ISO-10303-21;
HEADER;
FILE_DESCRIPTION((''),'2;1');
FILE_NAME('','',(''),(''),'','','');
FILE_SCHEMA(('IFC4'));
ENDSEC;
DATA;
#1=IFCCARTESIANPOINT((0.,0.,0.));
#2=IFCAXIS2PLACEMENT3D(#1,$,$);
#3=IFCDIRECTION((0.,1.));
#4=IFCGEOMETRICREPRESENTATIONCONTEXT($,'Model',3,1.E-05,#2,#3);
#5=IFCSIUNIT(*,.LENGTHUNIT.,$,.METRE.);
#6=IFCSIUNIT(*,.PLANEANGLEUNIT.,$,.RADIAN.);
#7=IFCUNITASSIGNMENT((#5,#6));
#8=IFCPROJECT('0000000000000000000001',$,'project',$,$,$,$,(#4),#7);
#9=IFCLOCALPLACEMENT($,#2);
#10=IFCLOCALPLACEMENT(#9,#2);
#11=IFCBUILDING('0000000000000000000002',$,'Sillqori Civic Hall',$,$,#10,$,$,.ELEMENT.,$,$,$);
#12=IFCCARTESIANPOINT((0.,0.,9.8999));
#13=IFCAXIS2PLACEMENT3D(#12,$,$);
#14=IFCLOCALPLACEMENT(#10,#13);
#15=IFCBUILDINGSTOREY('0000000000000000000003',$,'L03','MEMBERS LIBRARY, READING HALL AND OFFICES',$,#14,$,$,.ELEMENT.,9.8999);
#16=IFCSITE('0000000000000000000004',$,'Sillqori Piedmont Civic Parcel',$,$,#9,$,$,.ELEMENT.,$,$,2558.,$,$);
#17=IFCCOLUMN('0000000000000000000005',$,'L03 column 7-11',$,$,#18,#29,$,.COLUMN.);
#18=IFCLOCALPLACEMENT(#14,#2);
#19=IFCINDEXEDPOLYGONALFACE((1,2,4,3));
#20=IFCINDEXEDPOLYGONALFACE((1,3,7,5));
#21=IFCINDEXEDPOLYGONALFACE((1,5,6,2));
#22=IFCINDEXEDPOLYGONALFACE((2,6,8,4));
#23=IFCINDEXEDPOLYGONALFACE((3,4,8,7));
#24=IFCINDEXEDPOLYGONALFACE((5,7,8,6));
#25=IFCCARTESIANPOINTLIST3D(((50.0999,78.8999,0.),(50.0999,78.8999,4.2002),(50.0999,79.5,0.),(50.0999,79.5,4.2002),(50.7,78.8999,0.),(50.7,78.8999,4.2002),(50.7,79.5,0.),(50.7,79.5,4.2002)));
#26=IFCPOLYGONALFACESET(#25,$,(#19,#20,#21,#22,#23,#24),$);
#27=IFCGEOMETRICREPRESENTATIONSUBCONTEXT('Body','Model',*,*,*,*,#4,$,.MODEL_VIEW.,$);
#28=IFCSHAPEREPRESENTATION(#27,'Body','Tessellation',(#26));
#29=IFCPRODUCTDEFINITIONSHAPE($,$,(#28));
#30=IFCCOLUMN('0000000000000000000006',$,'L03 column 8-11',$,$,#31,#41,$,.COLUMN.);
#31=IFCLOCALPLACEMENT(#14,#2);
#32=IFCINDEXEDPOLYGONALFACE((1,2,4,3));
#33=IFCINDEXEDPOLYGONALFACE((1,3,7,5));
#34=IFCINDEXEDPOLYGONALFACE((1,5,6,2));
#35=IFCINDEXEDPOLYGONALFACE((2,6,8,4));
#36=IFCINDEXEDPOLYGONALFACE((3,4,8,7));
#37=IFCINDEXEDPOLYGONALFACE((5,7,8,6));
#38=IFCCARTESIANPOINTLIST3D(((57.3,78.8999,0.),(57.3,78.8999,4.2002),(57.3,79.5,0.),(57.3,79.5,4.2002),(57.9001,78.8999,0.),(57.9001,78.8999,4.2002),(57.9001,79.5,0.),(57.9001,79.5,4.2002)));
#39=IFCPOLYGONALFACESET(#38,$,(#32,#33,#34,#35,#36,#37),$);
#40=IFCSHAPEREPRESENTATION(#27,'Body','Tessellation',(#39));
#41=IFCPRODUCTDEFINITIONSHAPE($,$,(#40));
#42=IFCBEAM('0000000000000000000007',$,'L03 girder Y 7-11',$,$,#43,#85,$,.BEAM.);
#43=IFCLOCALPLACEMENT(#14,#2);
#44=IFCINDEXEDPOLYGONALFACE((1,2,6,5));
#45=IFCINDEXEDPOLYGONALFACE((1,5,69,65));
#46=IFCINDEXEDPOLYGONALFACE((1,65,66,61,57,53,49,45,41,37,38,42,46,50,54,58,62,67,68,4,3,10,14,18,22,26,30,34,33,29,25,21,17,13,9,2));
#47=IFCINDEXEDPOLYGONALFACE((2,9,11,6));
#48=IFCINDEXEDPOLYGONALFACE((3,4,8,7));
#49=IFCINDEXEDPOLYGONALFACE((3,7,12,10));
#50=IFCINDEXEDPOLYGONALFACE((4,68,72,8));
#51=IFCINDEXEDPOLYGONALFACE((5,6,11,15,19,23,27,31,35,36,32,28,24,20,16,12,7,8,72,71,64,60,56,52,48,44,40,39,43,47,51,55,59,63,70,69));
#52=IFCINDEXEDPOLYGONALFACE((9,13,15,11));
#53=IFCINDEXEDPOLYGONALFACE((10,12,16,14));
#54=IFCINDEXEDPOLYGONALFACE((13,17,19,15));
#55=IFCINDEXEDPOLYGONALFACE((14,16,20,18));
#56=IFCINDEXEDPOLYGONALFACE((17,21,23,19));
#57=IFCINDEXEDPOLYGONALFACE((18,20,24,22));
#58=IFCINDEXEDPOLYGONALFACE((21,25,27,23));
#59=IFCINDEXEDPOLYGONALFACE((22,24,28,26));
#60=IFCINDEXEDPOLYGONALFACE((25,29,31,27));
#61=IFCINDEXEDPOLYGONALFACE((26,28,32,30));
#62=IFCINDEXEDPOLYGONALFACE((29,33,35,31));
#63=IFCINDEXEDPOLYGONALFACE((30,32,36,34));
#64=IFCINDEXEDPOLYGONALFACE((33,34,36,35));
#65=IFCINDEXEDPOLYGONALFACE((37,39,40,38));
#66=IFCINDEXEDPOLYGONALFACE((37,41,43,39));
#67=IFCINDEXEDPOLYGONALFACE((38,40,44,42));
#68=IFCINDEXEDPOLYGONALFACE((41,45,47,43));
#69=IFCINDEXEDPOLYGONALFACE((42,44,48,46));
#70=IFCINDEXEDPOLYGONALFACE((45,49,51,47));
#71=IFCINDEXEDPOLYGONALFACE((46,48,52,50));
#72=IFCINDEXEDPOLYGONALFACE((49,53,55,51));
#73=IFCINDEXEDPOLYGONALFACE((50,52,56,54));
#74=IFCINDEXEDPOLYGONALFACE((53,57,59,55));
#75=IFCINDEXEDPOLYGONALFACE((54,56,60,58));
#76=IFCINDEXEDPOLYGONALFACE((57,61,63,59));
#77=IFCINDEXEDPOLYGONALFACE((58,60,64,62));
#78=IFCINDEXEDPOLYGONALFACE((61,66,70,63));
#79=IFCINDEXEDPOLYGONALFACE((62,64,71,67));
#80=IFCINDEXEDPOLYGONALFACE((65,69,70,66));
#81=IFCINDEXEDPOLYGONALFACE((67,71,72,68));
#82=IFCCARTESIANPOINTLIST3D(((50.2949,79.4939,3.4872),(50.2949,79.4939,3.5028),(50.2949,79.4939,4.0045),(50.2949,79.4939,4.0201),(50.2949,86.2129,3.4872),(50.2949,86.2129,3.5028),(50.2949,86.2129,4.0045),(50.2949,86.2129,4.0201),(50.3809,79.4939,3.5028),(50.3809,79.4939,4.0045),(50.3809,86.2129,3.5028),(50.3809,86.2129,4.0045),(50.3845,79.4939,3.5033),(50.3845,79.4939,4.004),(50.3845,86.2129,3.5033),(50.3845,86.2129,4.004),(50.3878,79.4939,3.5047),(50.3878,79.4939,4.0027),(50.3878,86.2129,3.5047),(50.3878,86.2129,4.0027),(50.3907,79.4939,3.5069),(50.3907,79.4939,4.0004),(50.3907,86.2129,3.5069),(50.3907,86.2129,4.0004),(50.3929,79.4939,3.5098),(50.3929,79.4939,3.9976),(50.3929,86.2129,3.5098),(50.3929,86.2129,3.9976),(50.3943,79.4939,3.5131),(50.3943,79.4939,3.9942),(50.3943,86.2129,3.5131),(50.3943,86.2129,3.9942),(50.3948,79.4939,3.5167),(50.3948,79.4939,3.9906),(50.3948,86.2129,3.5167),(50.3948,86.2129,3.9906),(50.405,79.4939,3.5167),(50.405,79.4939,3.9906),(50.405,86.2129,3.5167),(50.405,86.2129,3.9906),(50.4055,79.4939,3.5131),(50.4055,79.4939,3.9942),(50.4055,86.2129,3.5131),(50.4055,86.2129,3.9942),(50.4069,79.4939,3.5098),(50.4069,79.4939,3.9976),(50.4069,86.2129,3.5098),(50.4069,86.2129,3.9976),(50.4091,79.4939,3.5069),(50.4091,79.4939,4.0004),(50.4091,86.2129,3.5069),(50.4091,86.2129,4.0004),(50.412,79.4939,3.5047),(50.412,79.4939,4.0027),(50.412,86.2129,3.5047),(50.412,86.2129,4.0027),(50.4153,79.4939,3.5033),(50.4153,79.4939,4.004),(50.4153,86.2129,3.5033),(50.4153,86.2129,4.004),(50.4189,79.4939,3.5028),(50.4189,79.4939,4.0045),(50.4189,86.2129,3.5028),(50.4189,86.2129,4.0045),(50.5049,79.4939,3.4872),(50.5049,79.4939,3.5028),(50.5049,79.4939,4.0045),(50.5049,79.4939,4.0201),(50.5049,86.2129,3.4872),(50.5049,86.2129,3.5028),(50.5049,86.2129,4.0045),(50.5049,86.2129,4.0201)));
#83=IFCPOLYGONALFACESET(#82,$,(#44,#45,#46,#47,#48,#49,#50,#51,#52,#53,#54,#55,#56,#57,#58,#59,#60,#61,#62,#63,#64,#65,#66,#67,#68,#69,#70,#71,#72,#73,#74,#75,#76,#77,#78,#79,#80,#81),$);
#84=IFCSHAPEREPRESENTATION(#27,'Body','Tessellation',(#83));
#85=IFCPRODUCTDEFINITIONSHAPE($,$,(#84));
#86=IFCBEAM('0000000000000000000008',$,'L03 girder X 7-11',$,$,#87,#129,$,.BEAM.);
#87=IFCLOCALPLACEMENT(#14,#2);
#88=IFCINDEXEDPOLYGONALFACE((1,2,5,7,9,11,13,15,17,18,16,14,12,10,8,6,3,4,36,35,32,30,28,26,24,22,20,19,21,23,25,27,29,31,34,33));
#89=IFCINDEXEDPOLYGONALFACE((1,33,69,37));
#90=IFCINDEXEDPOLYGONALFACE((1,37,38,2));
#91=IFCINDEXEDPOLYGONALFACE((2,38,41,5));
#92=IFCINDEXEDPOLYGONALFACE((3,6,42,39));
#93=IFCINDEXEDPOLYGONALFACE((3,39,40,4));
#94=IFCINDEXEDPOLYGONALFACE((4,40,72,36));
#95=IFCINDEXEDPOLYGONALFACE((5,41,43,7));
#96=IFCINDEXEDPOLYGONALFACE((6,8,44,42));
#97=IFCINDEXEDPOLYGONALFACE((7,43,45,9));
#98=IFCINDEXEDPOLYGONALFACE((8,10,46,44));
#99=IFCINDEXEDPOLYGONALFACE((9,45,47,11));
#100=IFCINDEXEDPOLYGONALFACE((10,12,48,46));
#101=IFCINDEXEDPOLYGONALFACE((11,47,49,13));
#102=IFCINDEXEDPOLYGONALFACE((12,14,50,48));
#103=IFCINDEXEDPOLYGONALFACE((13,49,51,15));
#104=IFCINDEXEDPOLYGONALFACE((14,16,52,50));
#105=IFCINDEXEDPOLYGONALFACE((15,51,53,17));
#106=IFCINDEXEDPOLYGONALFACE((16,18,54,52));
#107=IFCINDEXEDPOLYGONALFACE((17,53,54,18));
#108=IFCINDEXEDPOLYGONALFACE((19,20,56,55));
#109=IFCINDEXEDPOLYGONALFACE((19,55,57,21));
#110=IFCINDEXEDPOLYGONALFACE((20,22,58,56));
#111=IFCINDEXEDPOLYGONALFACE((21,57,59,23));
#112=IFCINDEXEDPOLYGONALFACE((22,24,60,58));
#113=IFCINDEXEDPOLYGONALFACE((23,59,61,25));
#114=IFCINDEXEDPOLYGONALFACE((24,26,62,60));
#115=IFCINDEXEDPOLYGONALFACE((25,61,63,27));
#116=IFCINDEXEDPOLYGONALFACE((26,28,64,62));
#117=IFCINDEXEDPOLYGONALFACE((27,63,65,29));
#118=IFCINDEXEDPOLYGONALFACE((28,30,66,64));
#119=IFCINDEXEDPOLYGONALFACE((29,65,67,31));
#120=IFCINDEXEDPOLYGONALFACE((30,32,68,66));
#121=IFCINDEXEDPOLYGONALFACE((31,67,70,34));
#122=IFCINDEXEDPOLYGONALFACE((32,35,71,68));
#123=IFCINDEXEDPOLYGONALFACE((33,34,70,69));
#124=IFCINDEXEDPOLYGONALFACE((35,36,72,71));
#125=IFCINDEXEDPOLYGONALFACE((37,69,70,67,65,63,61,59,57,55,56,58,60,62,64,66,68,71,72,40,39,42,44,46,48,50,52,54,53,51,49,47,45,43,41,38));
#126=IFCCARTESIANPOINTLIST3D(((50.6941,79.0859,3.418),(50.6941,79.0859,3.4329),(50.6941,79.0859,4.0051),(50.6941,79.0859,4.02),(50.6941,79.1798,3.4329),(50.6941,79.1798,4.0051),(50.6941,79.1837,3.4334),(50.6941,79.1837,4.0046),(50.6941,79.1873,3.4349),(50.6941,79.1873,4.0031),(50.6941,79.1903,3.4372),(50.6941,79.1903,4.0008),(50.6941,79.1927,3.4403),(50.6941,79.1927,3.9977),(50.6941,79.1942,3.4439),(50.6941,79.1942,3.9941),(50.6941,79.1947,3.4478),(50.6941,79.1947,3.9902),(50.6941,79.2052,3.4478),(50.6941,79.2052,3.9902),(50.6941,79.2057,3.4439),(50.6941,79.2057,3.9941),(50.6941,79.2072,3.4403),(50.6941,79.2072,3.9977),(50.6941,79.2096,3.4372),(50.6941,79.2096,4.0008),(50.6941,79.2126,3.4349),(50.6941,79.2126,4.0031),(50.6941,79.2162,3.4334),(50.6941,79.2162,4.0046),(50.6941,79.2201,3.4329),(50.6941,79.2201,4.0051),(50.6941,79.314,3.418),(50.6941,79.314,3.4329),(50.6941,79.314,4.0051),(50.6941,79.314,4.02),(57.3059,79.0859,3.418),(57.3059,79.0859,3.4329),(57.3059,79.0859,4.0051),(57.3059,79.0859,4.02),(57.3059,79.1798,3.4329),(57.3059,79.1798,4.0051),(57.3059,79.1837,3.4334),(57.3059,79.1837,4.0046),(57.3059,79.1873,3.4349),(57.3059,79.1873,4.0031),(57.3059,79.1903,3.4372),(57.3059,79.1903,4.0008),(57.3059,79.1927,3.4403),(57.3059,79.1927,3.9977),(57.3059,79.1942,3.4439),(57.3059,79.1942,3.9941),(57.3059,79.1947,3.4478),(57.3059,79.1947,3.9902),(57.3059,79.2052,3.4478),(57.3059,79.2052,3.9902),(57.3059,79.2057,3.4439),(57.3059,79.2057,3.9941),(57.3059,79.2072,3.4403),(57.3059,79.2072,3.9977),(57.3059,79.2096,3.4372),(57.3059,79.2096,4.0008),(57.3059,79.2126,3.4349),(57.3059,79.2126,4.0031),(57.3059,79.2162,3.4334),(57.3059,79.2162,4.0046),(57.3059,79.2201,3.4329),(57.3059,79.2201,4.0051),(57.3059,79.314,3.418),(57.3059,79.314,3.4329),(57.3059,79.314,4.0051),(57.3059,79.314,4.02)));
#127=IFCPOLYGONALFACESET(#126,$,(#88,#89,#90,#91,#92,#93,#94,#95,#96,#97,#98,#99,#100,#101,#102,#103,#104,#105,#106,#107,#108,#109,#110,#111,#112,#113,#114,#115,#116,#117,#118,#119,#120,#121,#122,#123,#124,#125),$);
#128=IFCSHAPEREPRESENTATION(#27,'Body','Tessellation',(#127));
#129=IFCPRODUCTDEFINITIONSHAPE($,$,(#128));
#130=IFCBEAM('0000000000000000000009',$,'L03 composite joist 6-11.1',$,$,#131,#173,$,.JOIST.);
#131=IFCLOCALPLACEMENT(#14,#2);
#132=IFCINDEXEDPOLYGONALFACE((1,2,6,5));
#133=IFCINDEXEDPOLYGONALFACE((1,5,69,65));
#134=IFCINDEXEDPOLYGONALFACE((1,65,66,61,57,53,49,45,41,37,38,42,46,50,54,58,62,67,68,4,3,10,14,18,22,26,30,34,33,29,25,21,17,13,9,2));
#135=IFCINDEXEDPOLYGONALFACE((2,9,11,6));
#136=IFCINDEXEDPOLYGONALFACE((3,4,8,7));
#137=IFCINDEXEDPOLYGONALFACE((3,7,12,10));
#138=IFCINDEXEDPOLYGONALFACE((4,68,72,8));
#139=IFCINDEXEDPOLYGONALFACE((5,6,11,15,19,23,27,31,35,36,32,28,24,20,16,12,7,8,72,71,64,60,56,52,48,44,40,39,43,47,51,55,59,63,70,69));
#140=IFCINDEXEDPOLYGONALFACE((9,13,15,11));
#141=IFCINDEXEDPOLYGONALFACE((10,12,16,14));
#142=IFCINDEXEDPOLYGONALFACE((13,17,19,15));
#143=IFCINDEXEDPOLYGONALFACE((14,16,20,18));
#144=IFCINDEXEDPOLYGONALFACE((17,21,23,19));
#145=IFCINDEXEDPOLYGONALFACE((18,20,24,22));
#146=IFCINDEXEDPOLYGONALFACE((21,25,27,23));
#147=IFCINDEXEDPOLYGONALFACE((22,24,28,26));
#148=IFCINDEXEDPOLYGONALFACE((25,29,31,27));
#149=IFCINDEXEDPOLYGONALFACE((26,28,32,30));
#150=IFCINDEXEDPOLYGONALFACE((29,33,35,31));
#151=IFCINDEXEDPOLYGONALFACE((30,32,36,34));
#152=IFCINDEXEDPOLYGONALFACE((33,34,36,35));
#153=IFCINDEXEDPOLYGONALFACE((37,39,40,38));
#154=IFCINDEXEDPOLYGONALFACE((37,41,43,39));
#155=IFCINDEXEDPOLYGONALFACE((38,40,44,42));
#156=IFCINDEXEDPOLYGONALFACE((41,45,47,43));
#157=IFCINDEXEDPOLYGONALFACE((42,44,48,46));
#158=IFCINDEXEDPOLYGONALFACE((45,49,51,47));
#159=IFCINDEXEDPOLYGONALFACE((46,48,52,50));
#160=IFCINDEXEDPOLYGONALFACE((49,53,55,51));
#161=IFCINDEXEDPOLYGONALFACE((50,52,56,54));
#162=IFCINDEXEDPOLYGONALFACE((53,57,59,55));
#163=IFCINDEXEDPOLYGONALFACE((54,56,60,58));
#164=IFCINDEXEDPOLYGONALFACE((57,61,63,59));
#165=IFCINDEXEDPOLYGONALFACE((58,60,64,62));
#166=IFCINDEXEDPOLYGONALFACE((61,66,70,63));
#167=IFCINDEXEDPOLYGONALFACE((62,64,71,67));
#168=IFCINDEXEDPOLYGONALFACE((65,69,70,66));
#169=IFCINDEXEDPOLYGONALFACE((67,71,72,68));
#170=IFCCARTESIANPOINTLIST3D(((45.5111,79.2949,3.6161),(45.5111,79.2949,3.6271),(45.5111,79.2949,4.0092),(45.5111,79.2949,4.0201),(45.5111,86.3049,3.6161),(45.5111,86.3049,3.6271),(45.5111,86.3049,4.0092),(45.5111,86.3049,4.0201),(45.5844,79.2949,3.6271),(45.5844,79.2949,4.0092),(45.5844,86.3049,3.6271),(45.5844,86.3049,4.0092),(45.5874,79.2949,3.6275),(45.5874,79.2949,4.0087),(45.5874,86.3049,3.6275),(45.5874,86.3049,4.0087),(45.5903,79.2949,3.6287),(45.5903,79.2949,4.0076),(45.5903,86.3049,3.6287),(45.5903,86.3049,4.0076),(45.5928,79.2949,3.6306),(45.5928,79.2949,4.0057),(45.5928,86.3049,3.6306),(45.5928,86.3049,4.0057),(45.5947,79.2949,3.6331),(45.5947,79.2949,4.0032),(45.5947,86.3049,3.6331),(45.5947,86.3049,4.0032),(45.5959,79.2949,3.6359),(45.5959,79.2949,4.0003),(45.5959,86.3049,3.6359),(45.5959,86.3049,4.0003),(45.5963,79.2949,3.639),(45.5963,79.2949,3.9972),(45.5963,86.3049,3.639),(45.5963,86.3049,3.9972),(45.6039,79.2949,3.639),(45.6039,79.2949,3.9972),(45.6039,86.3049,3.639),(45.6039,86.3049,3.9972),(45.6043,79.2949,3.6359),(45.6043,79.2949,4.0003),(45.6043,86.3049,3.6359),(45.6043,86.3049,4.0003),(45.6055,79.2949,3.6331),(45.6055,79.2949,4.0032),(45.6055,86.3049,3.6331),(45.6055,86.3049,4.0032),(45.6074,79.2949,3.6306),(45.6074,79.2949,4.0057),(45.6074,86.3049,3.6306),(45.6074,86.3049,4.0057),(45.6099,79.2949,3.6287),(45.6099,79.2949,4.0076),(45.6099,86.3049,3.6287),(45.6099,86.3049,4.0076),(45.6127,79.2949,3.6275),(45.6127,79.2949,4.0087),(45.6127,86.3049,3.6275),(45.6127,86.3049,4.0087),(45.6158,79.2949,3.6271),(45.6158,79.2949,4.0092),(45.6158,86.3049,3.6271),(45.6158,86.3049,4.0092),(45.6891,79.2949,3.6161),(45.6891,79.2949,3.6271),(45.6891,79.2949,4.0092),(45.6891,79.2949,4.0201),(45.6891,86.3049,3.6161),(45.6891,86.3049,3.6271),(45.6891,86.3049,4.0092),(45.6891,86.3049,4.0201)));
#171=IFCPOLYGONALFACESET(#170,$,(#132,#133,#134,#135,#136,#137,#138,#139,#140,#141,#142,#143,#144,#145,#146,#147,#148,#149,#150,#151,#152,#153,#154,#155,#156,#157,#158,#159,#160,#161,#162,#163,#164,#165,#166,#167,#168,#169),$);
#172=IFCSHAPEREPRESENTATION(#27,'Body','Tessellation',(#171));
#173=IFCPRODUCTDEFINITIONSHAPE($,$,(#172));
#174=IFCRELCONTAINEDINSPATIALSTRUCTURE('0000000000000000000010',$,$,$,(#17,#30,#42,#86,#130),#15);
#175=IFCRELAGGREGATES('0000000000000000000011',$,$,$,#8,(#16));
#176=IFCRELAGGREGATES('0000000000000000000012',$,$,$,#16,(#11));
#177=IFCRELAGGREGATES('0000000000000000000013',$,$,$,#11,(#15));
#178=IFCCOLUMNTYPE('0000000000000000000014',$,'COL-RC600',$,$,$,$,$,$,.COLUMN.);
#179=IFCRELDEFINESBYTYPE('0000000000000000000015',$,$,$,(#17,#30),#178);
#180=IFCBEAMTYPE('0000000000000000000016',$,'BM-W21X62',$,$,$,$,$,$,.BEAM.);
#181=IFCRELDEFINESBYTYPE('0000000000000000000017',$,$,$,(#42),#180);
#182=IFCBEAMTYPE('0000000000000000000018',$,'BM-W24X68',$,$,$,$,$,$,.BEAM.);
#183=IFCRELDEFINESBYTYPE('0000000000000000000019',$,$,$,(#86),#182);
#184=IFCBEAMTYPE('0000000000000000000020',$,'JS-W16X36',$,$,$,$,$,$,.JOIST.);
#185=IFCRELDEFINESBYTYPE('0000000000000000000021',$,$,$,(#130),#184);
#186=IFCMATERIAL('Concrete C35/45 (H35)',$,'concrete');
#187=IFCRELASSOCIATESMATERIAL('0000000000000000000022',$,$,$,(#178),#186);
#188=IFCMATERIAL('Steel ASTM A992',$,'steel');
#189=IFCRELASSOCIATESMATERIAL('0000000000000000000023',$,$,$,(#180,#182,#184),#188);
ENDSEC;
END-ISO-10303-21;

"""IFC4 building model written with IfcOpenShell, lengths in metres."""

from ifc_helpers import new_model, si_unit, direction, frame, origin, origin_2d, place, context, subcontext, project, spatial, rectangle, i_section, extrude, material, material_profile, profile_set, type_object, element, save


model = new_model("IFC4")

# Units and contexts
model_context = context("Model", 3, precision=1e-05, world=origin(), true_north=direction((0.0, 1.0)))
body_context = subcontext(model_context, "Body", "Model", "MODEL_VIEW")
ifc_project = project(units=[si_unit("LENGTHUNIT", "METRE"), si_unit("PLANEANGLEUNIT", "RADIAN")], contexts=[model_context])

# Site, building, storey
site_placement = place(None, origin())
site = spatial("IfcSite", under=ifc_project, at=site_placement, Name="Sillqori Piedmont Civic Parcel", CompositionType="ELEMENT", RefElevation=2558.0)
building_placement = place(site_placement, origin())
building = spatial("IfcBuilding", under=site, at=building_placement, Name="Sillqori Civic Hall", CompositionType="ELEMENT")
storey_placement = place(building_placement, frame((0.0, 0.0, 9.8999)))
storey = spatial("IfcBuildingStorey", under=building, at=storey_placement, Name="L03", Description="MEMBERS LIBRARY, READING HALL AND OFFICES", CompositionType="ELEMENT", Elevation=9.8999)

# Columns
ifc_material_1 = material(Name="Concrete C35/45 (H35)", Category="concrete")
ifc_material_profile_1 = material_profile(ifc_material_1, rectangle(XDim=0.6001, YDim=0.6001, at=origin_2d()), Name="RC 600x600")
ifc_profile_set_1 = profile_set([ifc_material_profile_1], Name="Concrete C35/45 (H35)")
column_type = type_object("IfcColumnType", Name="COL-RC600", PredefinedType="COLUMN", material=ifc_profile_set_1)
for number, where, z_axis, x_axis, name in (
    (1, (50.3999, 79.2, 0.0), (0.0, 0.0, 1.0), (1.0, 0.0, 0.0), "L03 column 7-11"),
    (2, (57.6001, 79.2, 0.0), (0.0, 0.0, 1.0), (1.0, 0.0, 0.0), "L03 column 8-11"),
):
    element("IfcColumn", number, at=place(storey_placement, frame(where, z_axis=z_axis, x_axis=x_axis)), inside=storey, type_object=column_type, Name=name, PredefinedType="COLUMN", context=body_context, shape_type="SweptSolid", body=[
        extrude(rectangle(XDim=0.6001, YDim=0.6001, at=origin_2d()), origin(), (0.0, 0.0, 1.0), 4.2002),
    ])

# Beams
ifc_material_2 = material(Name="Steel ASTM A992", Category="steel")
ifc_material_profile_2 = material_profile(ifc_material_2, i_section(OverallWidth=0.21, OverallDepth=0.533, WebThickness=0.0103, FlangeThickness=0.0156, FilletRadius=0.0139, at=origin_2d()), Name="W21X62")
ifc_profile_set_2 = profile_set([ifc_material_profile_2], Name="Steel ASTM A992")
beam_type_1 = type_object("IfcBeamType", Name="BM-W21X62", PredefinedType="BEAM", material=ifc_profile_set_2)
beam_1_placement = place(storey_placement, frame((50.3999, 79.4939, 3.7537), z_axis=(0.0, 1.0, 0.0), x_axis=(-1.0, 0.0, 0.0)))
element("IfcBeam", 3, at=beam_1_placement, inside=storey, type_object=beam_type_1, Name="L03 girder Y 7-11", PredefinedType="BEAM", context=body_context, shape_type="SweptSolid", body=[
    extrude(i_section(OverallWidth=0.21, OverallDepth=0.533, WebThickness=0.0103, FlangeThickness=0.0156, FilletRadius=0.0139, at=origin_2d()), origin(), (0.0, 0.0, 1.0), 6.719),
])
ifc_material_profile_3 = material_profile(ifc_material_2, i_section(OverallWidth=0.228, OverallDepth=0.6021, WebThickness=0.0105, FlangeThickness=0.0149, FilletRadius=0.0149, at=origin_2d()), Name="W24X68")
ifc_profile_set_3 = profile_set([ifc_material_profile_3], Name="Steel ASTM A992")
beam_type_2 = type_object("IfcBeamType", Name="BM-W24X68", PredefinedType="BEAM", material=ifc_profile_set_3)
beam_2_placement = place(storey_placement, frame((50.6941, 79.2, 3.719), z_axis=(1.0, 0.0, 0.0), x_axis=(0.0, 1.0, 0.0)))
element("IfcBeam", 4, at=beam_2_placement, inside=storey, type_object=beam_type_2, Name="L03 girder X 7-11", PredefinedType="BEAM", context=body_context, shape_type="SweptSolid", body=[
    extrude(i_section(OverallWidth=0.228, OverallDepth=0.6021, WebThickness=0.0105, FlangeThickness=0.0149, FilletRadius=0.0149, at=origin_2d()), origin(), (0.0, 0.0, 1.0), 6.6118),
])
ifc_material_profile_4 = material_profile(ifc_material_2, i_section(OverallWidth=0.178, OverallDepth=0.4041, WebThickness=0.0076, FlangeThickness=0.011, FilletRadius=0.012, at=origin_2d()), Name="W16X36")
ifc_profile_set_4 = profile_set([ifc_material_profile_4], Name="Steel ASTM A992")
beam_type_3 = type_object("IfcBeamType", Name="JS-W16X36", PredefinedType="JOIST", material=ifc_profile_set_4)
for number, where, z_axis, x_axis, name in (
    (5, (45.6001, 79.2949, 3.8181), (0.0, 1.0, 0.0), (-1.0, 0.0, 0.0), "L03 composite joist 6-11.1"),
):
    element("IfcBeam", number, at=place(storey_placement, frame(where, z_axis=z_axis, x_axis=x_axis)), inside=storey, type_object=beam_type_3, Name=name, PredefinedType="JOIST", context=body_context, shape_type="SweptSolid", body=[
        extrude(i_section(OverallWidth=0.178, OverallDepth=0.4041, WebThickness=0.0076, FlangeThickness=0.011, FilletRadius=0.012, at=origin_2d()), origin(), (0.0, 0.0, 1.0), 7.01),
    ])

save(model, "model.ifc")
